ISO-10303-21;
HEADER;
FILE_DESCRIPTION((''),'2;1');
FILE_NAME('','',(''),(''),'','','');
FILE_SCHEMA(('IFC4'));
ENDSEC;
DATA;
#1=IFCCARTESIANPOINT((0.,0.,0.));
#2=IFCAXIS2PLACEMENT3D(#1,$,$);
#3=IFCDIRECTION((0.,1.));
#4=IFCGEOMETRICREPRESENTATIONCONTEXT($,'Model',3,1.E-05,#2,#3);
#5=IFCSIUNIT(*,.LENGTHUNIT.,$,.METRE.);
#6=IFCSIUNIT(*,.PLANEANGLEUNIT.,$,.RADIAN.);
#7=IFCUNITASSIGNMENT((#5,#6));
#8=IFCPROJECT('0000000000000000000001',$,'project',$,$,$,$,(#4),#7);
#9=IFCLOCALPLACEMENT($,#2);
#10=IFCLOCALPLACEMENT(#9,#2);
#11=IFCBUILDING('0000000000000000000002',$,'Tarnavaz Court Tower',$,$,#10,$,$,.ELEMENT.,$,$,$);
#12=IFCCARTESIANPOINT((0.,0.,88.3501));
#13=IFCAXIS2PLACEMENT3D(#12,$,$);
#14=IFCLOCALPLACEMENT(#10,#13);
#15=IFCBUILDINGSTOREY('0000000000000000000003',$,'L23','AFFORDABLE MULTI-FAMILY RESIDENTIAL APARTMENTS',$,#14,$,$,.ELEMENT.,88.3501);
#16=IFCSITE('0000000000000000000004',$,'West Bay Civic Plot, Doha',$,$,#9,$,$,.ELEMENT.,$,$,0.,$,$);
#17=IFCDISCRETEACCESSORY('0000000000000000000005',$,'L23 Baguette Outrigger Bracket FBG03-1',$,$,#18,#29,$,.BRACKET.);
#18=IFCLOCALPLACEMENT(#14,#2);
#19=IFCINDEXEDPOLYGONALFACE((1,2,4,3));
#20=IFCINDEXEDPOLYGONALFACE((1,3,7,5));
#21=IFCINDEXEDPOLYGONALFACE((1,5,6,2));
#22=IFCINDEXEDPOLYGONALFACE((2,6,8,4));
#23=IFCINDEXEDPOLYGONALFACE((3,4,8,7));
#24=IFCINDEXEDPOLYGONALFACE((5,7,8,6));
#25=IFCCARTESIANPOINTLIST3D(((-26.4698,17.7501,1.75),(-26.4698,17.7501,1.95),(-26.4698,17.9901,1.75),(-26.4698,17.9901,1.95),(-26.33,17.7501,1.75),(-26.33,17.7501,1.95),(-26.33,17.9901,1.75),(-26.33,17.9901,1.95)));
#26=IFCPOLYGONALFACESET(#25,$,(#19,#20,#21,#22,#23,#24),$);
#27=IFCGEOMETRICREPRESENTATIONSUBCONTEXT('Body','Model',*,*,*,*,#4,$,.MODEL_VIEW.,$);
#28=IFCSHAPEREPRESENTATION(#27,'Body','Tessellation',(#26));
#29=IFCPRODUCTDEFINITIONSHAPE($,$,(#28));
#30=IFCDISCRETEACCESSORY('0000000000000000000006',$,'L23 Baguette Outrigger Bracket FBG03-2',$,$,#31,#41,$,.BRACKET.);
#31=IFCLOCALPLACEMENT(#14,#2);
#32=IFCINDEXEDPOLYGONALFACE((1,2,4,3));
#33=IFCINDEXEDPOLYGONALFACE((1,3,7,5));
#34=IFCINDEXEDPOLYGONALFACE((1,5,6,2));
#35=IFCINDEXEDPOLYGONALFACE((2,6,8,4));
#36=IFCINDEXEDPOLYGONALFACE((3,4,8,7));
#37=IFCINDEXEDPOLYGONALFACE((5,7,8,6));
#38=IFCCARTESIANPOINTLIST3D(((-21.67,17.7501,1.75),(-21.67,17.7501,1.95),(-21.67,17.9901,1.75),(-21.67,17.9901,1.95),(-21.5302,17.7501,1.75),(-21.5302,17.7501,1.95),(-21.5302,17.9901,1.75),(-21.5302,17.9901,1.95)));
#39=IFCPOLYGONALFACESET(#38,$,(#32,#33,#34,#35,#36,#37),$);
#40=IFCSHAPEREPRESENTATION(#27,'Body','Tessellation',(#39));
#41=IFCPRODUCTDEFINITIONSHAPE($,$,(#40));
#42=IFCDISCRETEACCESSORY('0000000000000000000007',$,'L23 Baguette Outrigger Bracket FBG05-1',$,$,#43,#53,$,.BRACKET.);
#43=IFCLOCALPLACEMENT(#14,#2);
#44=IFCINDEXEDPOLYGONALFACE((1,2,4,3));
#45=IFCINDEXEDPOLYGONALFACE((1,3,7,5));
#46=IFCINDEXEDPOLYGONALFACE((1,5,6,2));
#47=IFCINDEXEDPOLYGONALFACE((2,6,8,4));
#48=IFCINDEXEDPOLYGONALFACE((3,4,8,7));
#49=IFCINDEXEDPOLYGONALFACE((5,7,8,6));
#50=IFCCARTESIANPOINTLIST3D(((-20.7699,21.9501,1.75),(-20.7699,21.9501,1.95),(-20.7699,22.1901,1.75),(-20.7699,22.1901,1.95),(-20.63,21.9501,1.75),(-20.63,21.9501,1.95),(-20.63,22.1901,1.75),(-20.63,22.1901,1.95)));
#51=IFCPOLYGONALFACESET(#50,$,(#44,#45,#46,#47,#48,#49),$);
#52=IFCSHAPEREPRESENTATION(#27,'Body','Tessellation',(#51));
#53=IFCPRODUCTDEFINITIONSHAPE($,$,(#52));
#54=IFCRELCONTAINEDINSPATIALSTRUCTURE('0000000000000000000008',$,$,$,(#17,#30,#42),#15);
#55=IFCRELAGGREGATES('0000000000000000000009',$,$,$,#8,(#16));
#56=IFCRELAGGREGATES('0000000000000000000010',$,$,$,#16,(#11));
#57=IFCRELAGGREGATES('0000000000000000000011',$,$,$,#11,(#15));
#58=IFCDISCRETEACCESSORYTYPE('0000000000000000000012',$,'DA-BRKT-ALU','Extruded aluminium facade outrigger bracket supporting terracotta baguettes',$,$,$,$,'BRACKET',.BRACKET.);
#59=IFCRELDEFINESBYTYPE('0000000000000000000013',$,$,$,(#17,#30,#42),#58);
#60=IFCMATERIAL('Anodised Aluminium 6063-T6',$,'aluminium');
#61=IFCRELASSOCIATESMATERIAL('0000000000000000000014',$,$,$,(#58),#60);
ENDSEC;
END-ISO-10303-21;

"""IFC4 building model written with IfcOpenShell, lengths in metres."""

from ifc_helpers import new_model, si_unit, direction, frame, origin, origin_2d, place, context, subcontext, project, spatial, rectangle, extrude, material, type_object, element, save


model = new_model("IFC4")

# Units and contexts
model_context = context("Model", 3, precision=1e-05, world=origin(), true_north=direction((0.0, 1.0)))
body_context = subcontext(model_context, "Body", "Model", "MODEL_VIEW")
ifc_project = project(units=[si_unit("LENGTHUNIT", "METRE"), si_unit("PLANEANGLEUNIT", "RADIAN")], contexts=[model_context])

# Site, building, storey
site_placement = place(None, origin())
site = spatial("IfcSite", under=ifc_project, at=site_placement, Name="West Bay Civic Plot, Doha", CompositionType="ELEMENT", RefElevation=0.0)
building_placement = place(site_placement, origin())
building = spatial("IfcBuilding", under=site, at=building_placement, Name="Tarnavaz Court Tower", CompositionType="ELEMENT")
storey_placement = place(building_placement, frame((0.0, 0.0, 88.3501)))
storey = spatial("IfcBuildingStorey", under=building, at=storey_placement, Name="L23", Description="AFFORDABLE MULTI-FAMILY RESIDENTIAL APARTMENTS", CompositionType="ELEMENT", Elevation=88.3501)

# Discrete accessories
ifc_material_1 = material(Name="Anodised Aluminium 6063-T6", Category="aluminium")
discrete_accessory_type = type_object("IfcDiscreteAccessoryType", Name="DA-BRKT-ALU", Description="Extruded aluminium facade outrigger bracket supporting terracotta baguettes", ElementType="BRACKET", PredefinedType="BRACKET", material=ifc_material_1)
for number, where, z_axis, x_axis, name in (
    (1, (-26.3999, 17.8701, 1.75), (0.0, 0.0, 1.0), (1.0, 0.0, 0.0), "L23 Baguette Outrigger Bracket FBG03-1"),
    (2, (-21.6001, 17.8701, 1.75), (0.0, 0.0, 1.0), (1.0, 0.0, 0.0), "L23 Baguette Outrigger Bracket FBG03-2"),
    (3, (-20.7, 22.0701, 1.75), (0.0, 0.0, 1.0), (1.0, 0.0, 0.0), "L23 Baguette Outrigger Bracket FBG05-1"),
):
    element("IfcDiscreteAccessory", number, at=place(storey_placement, frame(where, z_axis=z_axis, x_axis=x_axis)), inside=storey, type_object=discrete_accessory_type, Name=name, PredefinedType="BRACKET", context=body_context, shape_type="SweptSolid", body=[
        extrude(rectangle(XDim=0.1399, YDim=0.24, at=origin_2d()), origin(), (0.0, 0.0, 1.0), 0.2),
    ])

save(model, "model.ifc")
